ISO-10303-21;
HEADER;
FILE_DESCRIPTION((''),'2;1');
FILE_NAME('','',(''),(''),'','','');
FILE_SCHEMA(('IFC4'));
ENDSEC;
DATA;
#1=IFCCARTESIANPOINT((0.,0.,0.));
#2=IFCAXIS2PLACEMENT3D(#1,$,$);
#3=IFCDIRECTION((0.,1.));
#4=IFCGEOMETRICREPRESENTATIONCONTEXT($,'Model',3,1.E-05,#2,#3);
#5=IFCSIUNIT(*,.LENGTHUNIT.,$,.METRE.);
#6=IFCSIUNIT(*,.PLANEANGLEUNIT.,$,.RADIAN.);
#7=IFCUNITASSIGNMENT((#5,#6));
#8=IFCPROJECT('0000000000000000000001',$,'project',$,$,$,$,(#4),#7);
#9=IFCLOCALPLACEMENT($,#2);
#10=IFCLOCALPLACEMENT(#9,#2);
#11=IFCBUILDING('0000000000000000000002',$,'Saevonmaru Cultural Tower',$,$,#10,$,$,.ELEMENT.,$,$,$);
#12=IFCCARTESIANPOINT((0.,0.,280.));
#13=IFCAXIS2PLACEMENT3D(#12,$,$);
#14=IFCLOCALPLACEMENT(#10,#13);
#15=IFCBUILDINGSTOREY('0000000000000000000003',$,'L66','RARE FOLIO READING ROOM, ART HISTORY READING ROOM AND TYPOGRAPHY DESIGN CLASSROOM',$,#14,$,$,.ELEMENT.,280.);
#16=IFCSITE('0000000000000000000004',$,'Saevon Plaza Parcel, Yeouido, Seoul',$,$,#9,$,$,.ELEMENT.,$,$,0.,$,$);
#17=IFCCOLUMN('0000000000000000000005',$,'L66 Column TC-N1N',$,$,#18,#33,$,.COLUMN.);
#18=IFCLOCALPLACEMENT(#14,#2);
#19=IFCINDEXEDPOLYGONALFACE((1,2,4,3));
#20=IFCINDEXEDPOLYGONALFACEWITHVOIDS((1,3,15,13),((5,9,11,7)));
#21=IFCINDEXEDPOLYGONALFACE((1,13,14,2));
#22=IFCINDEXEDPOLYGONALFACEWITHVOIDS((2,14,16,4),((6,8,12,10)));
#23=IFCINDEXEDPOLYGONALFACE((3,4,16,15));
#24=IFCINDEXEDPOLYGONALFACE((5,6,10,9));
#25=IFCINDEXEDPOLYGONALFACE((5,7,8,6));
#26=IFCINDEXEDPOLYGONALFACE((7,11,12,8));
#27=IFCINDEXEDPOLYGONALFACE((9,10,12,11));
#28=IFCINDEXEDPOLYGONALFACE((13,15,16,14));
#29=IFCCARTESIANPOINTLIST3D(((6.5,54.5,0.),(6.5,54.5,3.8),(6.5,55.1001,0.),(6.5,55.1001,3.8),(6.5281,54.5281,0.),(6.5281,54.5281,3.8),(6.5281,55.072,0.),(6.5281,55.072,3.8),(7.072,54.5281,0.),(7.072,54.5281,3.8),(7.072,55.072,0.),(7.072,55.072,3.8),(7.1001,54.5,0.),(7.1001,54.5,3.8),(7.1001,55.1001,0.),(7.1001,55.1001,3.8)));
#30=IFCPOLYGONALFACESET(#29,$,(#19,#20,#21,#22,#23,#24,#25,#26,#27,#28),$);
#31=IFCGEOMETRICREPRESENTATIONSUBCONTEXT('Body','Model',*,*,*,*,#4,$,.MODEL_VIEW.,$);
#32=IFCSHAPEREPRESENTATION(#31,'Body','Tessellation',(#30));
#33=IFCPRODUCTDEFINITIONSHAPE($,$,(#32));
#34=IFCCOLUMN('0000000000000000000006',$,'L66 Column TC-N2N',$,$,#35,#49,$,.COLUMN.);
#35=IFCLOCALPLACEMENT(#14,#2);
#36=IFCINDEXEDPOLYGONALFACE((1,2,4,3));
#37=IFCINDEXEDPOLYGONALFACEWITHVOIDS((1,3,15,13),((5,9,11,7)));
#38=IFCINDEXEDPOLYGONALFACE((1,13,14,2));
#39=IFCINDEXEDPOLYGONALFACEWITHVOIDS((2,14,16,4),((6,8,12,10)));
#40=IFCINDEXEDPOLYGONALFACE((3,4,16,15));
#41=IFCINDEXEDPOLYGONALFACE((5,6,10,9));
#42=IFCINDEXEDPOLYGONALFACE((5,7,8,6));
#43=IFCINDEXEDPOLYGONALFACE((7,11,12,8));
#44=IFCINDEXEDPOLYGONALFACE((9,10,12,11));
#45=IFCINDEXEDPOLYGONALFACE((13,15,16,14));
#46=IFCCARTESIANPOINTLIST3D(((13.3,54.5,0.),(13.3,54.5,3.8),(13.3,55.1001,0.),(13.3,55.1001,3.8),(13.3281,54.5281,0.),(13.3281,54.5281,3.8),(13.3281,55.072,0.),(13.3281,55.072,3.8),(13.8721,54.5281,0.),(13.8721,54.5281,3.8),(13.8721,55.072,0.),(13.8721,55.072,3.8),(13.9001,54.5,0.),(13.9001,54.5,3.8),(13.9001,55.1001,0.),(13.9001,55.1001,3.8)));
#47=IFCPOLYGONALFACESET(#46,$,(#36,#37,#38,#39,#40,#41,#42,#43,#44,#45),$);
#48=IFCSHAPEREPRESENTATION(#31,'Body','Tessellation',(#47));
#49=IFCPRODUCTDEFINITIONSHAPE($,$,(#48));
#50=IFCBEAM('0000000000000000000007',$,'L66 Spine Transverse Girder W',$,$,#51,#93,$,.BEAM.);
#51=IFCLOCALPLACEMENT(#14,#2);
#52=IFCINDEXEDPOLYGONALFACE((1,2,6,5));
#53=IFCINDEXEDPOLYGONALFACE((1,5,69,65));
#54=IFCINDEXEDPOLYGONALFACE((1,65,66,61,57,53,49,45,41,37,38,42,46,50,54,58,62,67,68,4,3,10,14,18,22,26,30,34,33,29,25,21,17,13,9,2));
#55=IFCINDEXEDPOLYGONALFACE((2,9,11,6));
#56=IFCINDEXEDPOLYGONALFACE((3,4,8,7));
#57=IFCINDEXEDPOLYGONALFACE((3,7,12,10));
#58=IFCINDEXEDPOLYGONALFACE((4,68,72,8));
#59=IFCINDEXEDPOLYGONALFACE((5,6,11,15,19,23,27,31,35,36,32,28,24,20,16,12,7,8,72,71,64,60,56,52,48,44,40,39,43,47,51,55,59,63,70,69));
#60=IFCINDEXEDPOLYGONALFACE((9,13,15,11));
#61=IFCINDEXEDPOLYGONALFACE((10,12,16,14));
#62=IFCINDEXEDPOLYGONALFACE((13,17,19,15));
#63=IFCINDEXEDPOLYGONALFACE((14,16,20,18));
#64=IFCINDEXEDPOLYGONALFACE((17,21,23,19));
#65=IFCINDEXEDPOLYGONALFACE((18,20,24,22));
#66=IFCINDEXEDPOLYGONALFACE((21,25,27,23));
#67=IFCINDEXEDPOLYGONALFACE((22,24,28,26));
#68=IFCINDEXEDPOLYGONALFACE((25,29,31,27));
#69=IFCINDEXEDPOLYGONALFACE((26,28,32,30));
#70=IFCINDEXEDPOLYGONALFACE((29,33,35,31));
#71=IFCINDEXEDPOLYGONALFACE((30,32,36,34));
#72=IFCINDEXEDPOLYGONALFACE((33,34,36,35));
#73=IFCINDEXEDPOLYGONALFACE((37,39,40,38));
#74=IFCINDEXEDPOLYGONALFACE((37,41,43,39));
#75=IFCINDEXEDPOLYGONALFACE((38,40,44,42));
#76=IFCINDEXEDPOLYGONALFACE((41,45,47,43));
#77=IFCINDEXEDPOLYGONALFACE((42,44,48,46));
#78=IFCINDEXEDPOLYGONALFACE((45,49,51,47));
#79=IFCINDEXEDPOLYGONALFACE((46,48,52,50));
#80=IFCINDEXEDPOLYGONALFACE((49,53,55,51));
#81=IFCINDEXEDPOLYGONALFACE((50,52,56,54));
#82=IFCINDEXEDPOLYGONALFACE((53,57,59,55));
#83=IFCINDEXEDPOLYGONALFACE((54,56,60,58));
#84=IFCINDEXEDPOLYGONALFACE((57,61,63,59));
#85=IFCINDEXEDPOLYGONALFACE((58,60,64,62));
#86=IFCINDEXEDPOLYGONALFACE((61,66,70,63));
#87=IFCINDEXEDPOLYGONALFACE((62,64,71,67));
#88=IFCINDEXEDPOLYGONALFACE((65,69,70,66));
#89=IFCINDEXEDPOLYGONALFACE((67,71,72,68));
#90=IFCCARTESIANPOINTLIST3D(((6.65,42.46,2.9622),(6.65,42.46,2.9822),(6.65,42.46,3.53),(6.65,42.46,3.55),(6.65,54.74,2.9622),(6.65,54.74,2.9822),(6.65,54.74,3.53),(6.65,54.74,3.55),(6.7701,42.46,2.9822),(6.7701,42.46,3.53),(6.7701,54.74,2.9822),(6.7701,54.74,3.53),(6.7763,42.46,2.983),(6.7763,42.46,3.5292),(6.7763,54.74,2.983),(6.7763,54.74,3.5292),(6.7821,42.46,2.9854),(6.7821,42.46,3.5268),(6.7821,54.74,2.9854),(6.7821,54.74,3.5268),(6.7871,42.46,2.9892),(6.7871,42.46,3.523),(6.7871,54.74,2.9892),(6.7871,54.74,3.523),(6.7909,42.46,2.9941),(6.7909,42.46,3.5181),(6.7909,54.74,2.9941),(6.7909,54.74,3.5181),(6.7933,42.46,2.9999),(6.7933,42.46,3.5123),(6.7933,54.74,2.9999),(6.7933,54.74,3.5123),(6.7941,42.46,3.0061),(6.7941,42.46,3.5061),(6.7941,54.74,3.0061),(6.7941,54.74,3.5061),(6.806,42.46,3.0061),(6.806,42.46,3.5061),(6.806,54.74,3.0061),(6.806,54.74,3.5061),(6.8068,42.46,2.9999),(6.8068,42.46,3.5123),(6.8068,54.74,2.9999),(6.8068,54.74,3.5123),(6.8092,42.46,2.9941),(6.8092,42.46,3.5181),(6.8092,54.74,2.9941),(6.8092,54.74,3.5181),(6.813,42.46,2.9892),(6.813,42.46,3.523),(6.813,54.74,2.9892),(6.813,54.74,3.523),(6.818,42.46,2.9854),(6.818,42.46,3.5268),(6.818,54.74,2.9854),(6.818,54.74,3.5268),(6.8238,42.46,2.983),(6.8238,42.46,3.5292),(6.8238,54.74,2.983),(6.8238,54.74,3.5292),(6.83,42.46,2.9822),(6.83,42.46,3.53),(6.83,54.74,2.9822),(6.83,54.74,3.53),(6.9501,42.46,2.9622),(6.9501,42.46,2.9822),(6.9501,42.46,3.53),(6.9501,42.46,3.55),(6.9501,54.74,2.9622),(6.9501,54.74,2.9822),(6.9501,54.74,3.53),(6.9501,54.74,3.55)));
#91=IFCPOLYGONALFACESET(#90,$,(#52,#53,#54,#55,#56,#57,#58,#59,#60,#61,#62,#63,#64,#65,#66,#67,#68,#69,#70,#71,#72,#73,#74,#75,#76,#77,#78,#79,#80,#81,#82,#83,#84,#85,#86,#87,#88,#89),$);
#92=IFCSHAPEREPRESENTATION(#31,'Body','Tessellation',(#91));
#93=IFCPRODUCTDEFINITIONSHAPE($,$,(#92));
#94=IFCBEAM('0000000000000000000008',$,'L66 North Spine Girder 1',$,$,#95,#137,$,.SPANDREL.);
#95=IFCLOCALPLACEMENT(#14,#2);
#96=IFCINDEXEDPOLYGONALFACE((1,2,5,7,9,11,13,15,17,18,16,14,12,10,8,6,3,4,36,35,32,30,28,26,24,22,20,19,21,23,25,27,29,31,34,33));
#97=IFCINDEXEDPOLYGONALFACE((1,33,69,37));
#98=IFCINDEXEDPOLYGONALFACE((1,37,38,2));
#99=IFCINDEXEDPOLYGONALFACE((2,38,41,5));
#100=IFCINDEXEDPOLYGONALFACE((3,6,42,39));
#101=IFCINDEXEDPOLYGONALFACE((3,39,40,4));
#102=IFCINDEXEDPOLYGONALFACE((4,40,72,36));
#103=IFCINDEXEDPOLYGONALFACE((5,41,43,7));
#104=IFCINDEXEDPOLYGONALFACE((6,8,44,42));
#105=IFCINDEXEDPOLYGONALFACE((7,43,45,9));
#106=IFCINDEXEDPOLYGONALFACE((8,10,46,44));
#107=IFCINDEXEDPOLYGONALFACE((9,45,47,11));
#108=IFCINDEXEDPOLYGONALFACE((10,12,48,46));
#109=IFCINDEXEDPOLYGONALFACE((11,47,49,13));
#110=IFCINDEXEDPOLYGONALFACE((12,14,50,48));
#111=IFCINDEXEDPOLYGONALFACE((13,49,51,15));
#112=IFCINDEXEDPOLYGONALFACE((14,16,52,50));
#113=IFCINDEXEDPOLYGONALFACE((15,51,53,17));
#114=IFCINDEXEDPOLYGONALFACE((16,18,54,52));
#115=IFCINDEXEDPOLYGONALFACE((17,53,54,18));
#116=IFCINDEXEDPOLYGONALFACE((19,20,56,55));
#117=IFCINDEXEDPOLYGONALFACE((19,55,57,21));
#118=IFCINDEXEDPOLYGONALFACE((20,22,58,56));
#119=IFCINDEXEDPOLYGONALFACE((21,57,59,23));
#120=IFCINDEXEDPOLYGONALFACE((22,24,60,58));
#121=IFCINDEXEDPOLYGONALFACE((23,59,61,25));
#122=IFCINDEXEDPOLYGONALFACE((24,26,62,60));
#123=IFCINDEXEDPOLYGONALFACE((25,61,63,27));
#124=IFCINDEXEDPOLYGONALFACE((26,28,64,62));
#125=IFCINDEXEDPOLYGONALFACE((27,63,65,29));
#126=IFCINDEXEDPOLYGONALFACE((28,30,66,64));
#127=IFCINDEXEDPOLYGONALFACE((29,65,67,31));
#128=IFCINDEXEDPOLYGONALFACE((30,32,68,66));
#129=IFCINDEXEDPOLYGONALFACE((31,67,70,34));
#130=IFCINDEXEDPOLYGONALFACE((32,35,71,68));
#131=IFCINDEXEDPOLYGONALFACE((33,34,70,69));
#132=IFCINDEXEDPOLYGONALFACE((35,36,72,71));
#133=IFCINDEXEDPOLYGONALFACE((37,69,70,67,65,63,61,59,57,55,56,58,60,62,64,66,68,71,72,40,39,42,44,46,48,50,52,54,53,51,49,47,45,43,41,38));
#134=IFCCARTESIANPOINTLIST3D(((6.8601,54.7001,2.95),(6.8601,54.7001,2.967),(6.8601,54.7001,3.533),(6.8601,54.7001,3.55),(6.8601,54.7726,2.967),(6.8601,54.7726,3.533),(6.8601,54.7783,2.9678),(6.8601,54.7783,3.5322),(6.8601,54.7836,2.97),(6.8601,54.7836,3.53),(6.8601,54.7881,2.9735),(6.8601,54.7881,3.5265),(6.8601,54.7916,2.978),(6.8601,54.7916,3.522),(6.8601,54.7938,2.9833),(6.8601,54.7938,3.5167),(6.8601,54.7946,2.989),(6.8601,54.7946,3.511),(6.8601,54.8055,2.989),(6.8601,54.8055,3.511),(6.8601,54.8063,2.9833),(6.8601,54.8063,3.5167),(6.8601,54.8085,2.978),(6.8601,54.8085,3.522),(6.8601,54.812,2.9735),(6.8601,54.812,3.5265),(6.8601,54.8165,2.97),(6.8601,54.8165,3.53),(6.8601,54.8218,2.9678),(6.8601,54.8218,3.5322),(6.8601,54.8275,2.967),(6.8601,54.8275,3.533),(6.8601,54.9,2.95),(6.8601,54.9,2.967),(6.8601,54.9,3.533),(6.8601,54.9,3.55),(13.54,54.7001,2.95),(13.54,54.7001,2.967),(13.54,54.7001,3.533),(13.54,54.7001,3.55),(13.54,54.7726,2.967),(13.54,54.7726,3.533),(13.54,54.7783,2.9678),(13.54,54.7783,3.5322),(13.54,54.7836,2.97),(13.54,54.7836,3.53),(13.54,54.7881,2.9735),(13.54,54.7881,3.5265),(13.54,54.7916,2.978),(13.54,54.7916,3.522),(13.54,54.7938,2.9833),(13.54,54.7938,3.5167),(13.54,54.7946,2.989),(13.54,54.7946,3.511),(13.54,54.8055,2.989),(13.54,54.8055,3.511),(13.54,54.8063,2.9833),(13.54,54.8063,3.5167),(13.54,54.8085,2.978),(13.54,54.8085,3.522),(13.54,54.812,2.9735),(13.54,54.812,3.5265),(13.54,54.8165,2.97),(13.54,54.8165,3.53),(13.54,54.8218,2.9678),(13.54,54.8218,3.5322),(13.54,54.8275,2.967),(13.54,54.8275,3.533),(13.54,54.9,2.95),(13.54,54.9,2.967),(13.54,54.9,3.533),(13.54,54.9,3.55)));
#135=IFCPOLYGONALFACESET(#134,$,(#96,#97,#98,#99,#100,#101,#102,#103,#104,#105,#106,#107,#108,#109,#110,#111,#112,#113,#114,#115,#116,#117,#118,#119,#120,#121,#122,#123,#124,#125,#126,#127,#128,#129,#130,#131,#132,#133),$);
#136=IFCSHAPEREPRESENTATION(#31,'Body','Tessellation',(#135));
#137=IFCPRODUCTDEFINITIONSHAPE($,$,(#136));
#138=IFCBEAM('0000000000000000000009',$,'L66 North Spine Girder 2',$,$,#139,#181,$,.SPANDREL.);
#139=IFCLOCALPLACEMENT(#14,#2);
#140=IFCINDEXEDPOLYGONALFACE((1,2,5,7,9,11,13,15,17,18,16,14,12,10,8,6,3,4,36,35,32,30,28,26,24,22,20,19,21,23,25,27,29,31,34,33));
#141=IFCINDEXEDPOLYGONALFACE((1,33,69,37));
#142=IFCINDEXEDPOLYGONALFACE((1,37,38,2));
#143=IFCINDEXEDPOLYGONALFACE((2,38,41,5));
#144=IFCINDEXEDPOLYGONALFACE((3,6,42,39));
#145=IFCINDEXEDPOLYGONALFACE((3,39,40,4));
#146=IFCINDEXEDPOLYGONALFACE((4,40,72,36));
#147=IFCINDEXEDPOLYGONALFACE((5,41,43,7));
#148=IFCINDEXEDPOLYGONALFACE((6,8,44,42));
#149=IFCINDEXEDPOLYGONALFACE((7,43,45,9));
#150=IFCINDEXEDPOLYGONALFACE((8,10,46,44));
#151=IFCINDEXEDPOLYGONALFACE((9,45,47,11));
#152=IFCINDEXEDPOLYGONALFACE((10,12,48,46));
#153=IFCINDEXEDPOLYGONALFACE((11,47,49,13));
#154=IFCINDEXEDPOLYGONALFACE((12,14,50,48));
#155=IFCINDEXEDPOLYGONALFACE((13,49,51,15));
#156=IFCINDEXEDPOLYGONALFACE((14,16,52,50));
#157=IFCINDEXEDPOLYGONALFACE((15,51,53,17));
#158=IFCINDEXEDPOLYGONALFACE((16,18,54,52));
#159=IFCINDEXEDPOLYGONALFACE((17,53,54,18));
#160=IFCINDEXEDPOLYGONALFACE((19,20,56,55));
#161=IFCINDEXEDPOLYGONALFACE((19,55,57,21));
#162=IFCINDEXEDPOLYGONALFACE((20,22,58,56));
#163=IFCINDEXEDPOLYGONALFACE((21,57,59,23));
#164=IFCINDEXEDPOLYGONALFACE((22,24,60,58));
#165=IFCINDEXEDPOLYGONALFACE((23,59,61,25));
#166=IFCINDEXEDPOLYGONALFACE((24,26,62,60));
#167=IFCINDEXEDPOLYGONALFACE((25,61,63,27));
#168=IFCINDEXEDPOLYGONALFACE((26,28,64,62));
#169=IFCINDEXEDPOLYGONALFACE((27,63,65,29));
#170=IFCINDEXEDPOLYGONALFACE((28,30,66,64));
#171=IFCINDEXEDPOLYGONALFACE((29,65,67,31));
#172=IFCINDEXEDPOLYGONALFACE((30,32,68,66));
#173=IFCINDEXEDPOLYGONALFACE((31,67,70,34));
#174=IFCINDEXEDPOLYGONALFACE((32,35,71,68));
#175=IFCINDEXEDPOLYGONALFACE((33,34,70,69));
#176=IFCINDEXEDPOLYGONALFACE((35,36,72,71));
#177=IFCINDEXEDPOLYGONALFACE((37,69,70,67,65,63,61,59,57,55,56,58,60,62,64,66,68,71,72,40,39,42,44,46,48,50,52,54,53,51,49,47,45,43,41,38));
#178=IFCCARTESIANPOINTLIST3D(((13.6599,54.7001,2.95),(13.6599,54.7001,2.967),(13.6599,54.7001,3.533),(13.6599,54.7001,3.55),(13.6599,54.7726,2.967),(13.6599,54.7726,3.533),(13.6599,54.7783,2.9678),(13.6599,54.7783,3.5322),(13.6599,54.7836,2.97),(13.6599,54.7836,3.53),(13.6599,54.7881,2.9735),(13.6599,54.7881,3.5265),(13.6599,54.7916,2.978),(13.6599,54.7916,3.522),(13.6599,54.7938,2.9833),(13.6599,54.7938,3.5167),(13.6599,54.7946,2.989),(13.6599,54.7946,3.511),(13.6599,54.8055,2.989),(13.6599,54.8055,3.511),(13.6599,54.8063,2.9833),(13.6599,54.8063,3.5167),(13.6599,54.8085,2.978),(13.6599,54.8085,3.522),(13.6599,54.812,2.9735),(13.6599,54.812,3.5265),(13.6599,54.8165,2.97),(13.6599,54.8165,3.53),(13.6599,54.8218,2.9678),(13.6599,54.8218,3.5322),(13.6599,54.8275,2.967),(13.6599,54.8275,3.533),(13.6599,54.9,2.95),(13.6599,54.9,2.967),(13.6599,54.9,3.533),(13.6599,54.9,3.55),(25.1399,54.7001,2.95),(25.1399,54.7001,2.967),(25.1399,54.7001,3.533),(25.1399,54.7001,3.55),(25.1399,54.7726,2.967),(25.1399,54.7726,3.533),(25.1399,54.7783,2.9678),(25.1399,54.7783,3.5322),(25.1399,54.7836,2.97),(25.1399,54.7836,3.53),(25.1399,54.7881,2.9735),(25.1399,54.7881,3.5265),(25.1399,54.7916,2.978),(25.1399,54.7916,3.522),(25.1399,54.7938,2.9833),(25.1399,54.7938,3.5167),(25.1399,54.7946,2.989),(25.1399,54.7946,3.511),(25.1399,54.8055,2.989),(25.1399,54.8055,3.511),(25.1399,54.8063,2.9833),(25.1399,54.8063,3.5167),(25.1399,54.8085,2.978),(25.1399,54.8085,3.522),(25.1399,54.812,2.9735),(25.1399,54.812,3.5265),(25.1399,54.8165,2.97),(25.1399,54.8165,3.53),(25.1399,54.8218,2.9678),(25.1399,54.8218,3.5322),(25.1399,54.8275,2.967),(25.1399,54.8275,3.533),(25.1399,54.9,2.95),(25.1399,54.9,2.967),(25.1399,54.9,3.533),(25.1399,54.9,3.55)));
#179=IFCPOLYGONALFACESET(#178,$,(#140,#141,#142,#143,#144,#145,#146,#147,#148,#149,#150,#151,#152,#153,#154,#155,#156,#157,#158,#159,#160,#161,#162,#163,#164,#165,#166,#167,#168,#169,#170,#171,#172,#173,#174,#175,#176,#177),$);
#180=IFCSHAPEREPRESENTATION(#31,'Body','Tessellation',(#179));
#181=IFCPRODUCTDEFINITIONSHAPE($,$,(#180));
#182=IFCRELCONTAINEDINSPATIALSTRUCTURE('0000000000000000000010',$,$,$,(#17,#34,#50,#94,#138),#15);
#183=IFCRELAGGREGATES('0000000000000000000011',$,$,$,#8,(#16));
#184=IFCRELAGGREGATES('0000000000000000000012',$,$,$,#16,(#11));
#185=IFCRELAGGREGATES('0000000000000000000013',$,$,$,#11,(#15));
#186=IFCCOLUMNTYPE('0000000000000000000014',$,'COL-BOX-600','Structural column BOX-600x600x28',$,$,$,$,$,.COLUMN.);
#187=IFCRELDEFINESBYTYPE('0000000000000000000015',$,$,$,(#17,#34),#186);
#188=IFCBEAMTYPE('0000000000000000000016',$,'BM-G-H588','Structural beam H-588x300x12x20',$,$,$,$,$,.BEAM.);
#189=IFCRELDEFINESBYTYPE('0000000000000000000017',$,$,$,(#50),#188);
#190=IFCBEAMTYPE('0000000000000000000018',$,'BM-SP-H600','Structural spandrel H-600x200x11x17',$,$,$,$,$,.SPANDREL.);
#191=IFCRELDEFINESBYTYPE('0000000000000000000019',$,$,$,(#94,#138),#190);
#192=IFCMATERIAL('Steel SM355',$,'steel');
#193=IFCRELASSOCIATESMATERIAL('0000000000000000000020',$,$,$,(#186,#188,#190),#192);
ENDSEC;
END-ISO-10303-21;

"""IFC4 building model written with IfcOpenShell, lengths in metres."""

from ifc_helpers import new_model, si_unit, direction, frame, origin, origin_2d, place, context, subcontext, project, spatial, hollow_rectangle, i_section, extrude, material, material_profile, profile_set, type_object, element, save


model = new_model("IFC4")

# Units and contexts
model_context = context("Model", 3, precision=1e-05, world=origin(), true_north=direction((0.0, 1.0)))
body_context = subcontext(model_context, "Body", "Model", "MODEL_VIEW")
ifc_project = project(units=[si_unit("LENGTHUNIT", "METRE"), si_unit("PLANEANGLEUNIT", "RADIAN")], contexts=[model_context])

# Site, building, storey
site_placement = place(None, origin())
site = spatial("IfcSite", under=ifc_project, at=site_placement, Name="Saevon Plaza Parcel, Yeouido, Seoul", CompositionType="ELEMENT", RefElevation=0.0)
building_placement = place(site_placement, origin())
building = spatial("IfcBuilding", under=site, at=building_placement, Name="Saevonmaru Cultural Tower", CompositionType="ELEMENT")
storey_placement = place(building_placement, frame((0.0, 0.0, 280.0)))
storey = spatial("IfcBuildingStorey", under=building, at=storey_placement, Name="L66", Description="RARE FOLIO READING ROOM, ART HISTORY READING ROOM AND TYPOGRAPHY DESIGN CLASSROOM", CompositionType="ELEMENT", Elevation=280.0)

# Columns
ifc_material_1 = material(Name="Steel SM355", Category="steel")
ifc_material_profile_1 = material_profile(ifc_material_1, hollow_rectangle(XDim=0.6001, YDim=0.6001, WallThickness=0.0281, at=origin_2d()), Name="BOX-600x600x28")
ifc_profile_set_1 = profile_set([ifc_material_profile_1], Name="Steel SM355")
column_type = type_object("IfcColumnType", Name="COL-BOX-600", Description="Structural column BOX-600x600x28", PredefinedType="COLUMN", material=ifc_profile_set_1)
for number, where, z_axis, x_axis, name in (
    (1, (6.8, 54.8, 0.0), (0.0, 0.0, 1.0), (1.0, 0.0, 0.0), "L66 Column TC-N1N"),
    (2, (13.6001, 54.8, 0.0), (0.0, 0.0, 1.0), (1.0, 0.0, 0.0), "L66 Column TC-N2N"),
):
    element("IfcColumn", number, at=place(storey_placement, frame(where, z_axis=z_axis, x_axis=x_axis)), inside=storey, type_object=column_type, Name=name, PredefinedType="COLUMN", context=body_context, shape_type="SweptSolid", body=[
        extrude(hollow_rectangle(XDim=0.6001, YDim=0.6001, WallThickness=0.0281, at=origin_2d()), origin(), (0.0, 0.0, 1.0), 3.8),
    ])

# Beams
ifc_material_profile_2 = material_profile(ifc_material_1, i_section(OverallWidth=0.3, OverallDepth=0.5879, WebThickness=0.012, FlangeThickness=0.02, FilletRadius=0.0239, at=origin_2d()), Name="H-588x300x12x20")
ifc_profile_set_2 = profile_set([ifc_material_profile_2], Name="Steel SM355")
beam_type_1 = type_object("IfcBeamType", Name="BM-G-H588", Description="Structural beam H-588x300x12x20", PredefinedType="BEAM", material=ifc_profile_set_2)
beam_1_placement = place(storey_placement, frame((6.8, 54.74, 3.2561), z_axis=(0.0, -1.0, 0.0), x_axis=(1.0, 0.0, 0.0)))
element("IfcBeam", 3, at=beam_1_placement, inside=storey, type_object=beam_type_1, Name="L66 Spine Transverse Girder W", PredefinedType="BEAM", context=body_context, shape_type="SweptSolid", body=[
    extrude(i_section(OverallWidth=0.3, OverallDepth=0.5879, WebThickness=0.012, FlangeThickness=0.02, FilletRadius=0.0239, at=origin_2d()), origin(), (0.0, 0.0, 1.0), 12.28),
])
ifc_material_profile_3 = material_profile(ifc_material_1, i_section(OverallWidth=0.2, OverallDepth=0.6001, WebThickness=0.011, FlangeThickness=0.0171, FilletRadius=0.022, at=origin_2d()), Name="H-600x200x11x17")
ifc_profile_set_3 = profile_set([ifc_material_profile_3], Name="Steel SM355")
beam_type_2 = type_object("IfcBeamType", Name="BM-SP-H600", Description="Structural spandrel H-600x200x11x17", PredefinedType="SPANDREL", material=ifc_profile_set_3)
beam_2_placement = place(storey_placement, frame((6.8601, 54.8, 3.25), z_axis=(1.0, 0.0, 0.0), x_axis=(0.0, 1.0, 0.0)))
element("IfcBeam", 4, at=beam_2_placement, inside=storey, type_object=beam_type_2, Name="L66 North Spine Girder 1", PredefinedType="SPANDREL", context=body_context, shape_type="SweptSolid", body=[
    extrude(i_section(OverallWidth=0.2, OverallDepth=0.6001, WebThickness=0.011, FlangeThickness=0.0171, FilletRadius=0.022, at=origin_2d()), origin(), (0.0, 0.0, 1.0), 6.6799),
])
beam_3_placement = place(storey_placement, frame((13.6599, 54.8, 3.25), z_axis=(1.0, 0.0, 0.0), x_axis=(0.0, 1.0, 0.0)))
element("IfcBeam", 5, at=beam_3_placement, inside=storey, type_object=beam_type_2, Name="L66 North Spine Girder 2", PredefinedType="SPANDREL", context=body_context, shape_type="SweptSolid", body=[
    extrude(i_section(OverallWidth=0.2, OverallDepth=0.6001, WebThickness=0.011, FlangeThickness=0.0171, FilletRadius=0.022, at=origin_2d()), origin(), (0.0, 0.0, 1.0), 11.48),
])

save(model, "model.ifc")
